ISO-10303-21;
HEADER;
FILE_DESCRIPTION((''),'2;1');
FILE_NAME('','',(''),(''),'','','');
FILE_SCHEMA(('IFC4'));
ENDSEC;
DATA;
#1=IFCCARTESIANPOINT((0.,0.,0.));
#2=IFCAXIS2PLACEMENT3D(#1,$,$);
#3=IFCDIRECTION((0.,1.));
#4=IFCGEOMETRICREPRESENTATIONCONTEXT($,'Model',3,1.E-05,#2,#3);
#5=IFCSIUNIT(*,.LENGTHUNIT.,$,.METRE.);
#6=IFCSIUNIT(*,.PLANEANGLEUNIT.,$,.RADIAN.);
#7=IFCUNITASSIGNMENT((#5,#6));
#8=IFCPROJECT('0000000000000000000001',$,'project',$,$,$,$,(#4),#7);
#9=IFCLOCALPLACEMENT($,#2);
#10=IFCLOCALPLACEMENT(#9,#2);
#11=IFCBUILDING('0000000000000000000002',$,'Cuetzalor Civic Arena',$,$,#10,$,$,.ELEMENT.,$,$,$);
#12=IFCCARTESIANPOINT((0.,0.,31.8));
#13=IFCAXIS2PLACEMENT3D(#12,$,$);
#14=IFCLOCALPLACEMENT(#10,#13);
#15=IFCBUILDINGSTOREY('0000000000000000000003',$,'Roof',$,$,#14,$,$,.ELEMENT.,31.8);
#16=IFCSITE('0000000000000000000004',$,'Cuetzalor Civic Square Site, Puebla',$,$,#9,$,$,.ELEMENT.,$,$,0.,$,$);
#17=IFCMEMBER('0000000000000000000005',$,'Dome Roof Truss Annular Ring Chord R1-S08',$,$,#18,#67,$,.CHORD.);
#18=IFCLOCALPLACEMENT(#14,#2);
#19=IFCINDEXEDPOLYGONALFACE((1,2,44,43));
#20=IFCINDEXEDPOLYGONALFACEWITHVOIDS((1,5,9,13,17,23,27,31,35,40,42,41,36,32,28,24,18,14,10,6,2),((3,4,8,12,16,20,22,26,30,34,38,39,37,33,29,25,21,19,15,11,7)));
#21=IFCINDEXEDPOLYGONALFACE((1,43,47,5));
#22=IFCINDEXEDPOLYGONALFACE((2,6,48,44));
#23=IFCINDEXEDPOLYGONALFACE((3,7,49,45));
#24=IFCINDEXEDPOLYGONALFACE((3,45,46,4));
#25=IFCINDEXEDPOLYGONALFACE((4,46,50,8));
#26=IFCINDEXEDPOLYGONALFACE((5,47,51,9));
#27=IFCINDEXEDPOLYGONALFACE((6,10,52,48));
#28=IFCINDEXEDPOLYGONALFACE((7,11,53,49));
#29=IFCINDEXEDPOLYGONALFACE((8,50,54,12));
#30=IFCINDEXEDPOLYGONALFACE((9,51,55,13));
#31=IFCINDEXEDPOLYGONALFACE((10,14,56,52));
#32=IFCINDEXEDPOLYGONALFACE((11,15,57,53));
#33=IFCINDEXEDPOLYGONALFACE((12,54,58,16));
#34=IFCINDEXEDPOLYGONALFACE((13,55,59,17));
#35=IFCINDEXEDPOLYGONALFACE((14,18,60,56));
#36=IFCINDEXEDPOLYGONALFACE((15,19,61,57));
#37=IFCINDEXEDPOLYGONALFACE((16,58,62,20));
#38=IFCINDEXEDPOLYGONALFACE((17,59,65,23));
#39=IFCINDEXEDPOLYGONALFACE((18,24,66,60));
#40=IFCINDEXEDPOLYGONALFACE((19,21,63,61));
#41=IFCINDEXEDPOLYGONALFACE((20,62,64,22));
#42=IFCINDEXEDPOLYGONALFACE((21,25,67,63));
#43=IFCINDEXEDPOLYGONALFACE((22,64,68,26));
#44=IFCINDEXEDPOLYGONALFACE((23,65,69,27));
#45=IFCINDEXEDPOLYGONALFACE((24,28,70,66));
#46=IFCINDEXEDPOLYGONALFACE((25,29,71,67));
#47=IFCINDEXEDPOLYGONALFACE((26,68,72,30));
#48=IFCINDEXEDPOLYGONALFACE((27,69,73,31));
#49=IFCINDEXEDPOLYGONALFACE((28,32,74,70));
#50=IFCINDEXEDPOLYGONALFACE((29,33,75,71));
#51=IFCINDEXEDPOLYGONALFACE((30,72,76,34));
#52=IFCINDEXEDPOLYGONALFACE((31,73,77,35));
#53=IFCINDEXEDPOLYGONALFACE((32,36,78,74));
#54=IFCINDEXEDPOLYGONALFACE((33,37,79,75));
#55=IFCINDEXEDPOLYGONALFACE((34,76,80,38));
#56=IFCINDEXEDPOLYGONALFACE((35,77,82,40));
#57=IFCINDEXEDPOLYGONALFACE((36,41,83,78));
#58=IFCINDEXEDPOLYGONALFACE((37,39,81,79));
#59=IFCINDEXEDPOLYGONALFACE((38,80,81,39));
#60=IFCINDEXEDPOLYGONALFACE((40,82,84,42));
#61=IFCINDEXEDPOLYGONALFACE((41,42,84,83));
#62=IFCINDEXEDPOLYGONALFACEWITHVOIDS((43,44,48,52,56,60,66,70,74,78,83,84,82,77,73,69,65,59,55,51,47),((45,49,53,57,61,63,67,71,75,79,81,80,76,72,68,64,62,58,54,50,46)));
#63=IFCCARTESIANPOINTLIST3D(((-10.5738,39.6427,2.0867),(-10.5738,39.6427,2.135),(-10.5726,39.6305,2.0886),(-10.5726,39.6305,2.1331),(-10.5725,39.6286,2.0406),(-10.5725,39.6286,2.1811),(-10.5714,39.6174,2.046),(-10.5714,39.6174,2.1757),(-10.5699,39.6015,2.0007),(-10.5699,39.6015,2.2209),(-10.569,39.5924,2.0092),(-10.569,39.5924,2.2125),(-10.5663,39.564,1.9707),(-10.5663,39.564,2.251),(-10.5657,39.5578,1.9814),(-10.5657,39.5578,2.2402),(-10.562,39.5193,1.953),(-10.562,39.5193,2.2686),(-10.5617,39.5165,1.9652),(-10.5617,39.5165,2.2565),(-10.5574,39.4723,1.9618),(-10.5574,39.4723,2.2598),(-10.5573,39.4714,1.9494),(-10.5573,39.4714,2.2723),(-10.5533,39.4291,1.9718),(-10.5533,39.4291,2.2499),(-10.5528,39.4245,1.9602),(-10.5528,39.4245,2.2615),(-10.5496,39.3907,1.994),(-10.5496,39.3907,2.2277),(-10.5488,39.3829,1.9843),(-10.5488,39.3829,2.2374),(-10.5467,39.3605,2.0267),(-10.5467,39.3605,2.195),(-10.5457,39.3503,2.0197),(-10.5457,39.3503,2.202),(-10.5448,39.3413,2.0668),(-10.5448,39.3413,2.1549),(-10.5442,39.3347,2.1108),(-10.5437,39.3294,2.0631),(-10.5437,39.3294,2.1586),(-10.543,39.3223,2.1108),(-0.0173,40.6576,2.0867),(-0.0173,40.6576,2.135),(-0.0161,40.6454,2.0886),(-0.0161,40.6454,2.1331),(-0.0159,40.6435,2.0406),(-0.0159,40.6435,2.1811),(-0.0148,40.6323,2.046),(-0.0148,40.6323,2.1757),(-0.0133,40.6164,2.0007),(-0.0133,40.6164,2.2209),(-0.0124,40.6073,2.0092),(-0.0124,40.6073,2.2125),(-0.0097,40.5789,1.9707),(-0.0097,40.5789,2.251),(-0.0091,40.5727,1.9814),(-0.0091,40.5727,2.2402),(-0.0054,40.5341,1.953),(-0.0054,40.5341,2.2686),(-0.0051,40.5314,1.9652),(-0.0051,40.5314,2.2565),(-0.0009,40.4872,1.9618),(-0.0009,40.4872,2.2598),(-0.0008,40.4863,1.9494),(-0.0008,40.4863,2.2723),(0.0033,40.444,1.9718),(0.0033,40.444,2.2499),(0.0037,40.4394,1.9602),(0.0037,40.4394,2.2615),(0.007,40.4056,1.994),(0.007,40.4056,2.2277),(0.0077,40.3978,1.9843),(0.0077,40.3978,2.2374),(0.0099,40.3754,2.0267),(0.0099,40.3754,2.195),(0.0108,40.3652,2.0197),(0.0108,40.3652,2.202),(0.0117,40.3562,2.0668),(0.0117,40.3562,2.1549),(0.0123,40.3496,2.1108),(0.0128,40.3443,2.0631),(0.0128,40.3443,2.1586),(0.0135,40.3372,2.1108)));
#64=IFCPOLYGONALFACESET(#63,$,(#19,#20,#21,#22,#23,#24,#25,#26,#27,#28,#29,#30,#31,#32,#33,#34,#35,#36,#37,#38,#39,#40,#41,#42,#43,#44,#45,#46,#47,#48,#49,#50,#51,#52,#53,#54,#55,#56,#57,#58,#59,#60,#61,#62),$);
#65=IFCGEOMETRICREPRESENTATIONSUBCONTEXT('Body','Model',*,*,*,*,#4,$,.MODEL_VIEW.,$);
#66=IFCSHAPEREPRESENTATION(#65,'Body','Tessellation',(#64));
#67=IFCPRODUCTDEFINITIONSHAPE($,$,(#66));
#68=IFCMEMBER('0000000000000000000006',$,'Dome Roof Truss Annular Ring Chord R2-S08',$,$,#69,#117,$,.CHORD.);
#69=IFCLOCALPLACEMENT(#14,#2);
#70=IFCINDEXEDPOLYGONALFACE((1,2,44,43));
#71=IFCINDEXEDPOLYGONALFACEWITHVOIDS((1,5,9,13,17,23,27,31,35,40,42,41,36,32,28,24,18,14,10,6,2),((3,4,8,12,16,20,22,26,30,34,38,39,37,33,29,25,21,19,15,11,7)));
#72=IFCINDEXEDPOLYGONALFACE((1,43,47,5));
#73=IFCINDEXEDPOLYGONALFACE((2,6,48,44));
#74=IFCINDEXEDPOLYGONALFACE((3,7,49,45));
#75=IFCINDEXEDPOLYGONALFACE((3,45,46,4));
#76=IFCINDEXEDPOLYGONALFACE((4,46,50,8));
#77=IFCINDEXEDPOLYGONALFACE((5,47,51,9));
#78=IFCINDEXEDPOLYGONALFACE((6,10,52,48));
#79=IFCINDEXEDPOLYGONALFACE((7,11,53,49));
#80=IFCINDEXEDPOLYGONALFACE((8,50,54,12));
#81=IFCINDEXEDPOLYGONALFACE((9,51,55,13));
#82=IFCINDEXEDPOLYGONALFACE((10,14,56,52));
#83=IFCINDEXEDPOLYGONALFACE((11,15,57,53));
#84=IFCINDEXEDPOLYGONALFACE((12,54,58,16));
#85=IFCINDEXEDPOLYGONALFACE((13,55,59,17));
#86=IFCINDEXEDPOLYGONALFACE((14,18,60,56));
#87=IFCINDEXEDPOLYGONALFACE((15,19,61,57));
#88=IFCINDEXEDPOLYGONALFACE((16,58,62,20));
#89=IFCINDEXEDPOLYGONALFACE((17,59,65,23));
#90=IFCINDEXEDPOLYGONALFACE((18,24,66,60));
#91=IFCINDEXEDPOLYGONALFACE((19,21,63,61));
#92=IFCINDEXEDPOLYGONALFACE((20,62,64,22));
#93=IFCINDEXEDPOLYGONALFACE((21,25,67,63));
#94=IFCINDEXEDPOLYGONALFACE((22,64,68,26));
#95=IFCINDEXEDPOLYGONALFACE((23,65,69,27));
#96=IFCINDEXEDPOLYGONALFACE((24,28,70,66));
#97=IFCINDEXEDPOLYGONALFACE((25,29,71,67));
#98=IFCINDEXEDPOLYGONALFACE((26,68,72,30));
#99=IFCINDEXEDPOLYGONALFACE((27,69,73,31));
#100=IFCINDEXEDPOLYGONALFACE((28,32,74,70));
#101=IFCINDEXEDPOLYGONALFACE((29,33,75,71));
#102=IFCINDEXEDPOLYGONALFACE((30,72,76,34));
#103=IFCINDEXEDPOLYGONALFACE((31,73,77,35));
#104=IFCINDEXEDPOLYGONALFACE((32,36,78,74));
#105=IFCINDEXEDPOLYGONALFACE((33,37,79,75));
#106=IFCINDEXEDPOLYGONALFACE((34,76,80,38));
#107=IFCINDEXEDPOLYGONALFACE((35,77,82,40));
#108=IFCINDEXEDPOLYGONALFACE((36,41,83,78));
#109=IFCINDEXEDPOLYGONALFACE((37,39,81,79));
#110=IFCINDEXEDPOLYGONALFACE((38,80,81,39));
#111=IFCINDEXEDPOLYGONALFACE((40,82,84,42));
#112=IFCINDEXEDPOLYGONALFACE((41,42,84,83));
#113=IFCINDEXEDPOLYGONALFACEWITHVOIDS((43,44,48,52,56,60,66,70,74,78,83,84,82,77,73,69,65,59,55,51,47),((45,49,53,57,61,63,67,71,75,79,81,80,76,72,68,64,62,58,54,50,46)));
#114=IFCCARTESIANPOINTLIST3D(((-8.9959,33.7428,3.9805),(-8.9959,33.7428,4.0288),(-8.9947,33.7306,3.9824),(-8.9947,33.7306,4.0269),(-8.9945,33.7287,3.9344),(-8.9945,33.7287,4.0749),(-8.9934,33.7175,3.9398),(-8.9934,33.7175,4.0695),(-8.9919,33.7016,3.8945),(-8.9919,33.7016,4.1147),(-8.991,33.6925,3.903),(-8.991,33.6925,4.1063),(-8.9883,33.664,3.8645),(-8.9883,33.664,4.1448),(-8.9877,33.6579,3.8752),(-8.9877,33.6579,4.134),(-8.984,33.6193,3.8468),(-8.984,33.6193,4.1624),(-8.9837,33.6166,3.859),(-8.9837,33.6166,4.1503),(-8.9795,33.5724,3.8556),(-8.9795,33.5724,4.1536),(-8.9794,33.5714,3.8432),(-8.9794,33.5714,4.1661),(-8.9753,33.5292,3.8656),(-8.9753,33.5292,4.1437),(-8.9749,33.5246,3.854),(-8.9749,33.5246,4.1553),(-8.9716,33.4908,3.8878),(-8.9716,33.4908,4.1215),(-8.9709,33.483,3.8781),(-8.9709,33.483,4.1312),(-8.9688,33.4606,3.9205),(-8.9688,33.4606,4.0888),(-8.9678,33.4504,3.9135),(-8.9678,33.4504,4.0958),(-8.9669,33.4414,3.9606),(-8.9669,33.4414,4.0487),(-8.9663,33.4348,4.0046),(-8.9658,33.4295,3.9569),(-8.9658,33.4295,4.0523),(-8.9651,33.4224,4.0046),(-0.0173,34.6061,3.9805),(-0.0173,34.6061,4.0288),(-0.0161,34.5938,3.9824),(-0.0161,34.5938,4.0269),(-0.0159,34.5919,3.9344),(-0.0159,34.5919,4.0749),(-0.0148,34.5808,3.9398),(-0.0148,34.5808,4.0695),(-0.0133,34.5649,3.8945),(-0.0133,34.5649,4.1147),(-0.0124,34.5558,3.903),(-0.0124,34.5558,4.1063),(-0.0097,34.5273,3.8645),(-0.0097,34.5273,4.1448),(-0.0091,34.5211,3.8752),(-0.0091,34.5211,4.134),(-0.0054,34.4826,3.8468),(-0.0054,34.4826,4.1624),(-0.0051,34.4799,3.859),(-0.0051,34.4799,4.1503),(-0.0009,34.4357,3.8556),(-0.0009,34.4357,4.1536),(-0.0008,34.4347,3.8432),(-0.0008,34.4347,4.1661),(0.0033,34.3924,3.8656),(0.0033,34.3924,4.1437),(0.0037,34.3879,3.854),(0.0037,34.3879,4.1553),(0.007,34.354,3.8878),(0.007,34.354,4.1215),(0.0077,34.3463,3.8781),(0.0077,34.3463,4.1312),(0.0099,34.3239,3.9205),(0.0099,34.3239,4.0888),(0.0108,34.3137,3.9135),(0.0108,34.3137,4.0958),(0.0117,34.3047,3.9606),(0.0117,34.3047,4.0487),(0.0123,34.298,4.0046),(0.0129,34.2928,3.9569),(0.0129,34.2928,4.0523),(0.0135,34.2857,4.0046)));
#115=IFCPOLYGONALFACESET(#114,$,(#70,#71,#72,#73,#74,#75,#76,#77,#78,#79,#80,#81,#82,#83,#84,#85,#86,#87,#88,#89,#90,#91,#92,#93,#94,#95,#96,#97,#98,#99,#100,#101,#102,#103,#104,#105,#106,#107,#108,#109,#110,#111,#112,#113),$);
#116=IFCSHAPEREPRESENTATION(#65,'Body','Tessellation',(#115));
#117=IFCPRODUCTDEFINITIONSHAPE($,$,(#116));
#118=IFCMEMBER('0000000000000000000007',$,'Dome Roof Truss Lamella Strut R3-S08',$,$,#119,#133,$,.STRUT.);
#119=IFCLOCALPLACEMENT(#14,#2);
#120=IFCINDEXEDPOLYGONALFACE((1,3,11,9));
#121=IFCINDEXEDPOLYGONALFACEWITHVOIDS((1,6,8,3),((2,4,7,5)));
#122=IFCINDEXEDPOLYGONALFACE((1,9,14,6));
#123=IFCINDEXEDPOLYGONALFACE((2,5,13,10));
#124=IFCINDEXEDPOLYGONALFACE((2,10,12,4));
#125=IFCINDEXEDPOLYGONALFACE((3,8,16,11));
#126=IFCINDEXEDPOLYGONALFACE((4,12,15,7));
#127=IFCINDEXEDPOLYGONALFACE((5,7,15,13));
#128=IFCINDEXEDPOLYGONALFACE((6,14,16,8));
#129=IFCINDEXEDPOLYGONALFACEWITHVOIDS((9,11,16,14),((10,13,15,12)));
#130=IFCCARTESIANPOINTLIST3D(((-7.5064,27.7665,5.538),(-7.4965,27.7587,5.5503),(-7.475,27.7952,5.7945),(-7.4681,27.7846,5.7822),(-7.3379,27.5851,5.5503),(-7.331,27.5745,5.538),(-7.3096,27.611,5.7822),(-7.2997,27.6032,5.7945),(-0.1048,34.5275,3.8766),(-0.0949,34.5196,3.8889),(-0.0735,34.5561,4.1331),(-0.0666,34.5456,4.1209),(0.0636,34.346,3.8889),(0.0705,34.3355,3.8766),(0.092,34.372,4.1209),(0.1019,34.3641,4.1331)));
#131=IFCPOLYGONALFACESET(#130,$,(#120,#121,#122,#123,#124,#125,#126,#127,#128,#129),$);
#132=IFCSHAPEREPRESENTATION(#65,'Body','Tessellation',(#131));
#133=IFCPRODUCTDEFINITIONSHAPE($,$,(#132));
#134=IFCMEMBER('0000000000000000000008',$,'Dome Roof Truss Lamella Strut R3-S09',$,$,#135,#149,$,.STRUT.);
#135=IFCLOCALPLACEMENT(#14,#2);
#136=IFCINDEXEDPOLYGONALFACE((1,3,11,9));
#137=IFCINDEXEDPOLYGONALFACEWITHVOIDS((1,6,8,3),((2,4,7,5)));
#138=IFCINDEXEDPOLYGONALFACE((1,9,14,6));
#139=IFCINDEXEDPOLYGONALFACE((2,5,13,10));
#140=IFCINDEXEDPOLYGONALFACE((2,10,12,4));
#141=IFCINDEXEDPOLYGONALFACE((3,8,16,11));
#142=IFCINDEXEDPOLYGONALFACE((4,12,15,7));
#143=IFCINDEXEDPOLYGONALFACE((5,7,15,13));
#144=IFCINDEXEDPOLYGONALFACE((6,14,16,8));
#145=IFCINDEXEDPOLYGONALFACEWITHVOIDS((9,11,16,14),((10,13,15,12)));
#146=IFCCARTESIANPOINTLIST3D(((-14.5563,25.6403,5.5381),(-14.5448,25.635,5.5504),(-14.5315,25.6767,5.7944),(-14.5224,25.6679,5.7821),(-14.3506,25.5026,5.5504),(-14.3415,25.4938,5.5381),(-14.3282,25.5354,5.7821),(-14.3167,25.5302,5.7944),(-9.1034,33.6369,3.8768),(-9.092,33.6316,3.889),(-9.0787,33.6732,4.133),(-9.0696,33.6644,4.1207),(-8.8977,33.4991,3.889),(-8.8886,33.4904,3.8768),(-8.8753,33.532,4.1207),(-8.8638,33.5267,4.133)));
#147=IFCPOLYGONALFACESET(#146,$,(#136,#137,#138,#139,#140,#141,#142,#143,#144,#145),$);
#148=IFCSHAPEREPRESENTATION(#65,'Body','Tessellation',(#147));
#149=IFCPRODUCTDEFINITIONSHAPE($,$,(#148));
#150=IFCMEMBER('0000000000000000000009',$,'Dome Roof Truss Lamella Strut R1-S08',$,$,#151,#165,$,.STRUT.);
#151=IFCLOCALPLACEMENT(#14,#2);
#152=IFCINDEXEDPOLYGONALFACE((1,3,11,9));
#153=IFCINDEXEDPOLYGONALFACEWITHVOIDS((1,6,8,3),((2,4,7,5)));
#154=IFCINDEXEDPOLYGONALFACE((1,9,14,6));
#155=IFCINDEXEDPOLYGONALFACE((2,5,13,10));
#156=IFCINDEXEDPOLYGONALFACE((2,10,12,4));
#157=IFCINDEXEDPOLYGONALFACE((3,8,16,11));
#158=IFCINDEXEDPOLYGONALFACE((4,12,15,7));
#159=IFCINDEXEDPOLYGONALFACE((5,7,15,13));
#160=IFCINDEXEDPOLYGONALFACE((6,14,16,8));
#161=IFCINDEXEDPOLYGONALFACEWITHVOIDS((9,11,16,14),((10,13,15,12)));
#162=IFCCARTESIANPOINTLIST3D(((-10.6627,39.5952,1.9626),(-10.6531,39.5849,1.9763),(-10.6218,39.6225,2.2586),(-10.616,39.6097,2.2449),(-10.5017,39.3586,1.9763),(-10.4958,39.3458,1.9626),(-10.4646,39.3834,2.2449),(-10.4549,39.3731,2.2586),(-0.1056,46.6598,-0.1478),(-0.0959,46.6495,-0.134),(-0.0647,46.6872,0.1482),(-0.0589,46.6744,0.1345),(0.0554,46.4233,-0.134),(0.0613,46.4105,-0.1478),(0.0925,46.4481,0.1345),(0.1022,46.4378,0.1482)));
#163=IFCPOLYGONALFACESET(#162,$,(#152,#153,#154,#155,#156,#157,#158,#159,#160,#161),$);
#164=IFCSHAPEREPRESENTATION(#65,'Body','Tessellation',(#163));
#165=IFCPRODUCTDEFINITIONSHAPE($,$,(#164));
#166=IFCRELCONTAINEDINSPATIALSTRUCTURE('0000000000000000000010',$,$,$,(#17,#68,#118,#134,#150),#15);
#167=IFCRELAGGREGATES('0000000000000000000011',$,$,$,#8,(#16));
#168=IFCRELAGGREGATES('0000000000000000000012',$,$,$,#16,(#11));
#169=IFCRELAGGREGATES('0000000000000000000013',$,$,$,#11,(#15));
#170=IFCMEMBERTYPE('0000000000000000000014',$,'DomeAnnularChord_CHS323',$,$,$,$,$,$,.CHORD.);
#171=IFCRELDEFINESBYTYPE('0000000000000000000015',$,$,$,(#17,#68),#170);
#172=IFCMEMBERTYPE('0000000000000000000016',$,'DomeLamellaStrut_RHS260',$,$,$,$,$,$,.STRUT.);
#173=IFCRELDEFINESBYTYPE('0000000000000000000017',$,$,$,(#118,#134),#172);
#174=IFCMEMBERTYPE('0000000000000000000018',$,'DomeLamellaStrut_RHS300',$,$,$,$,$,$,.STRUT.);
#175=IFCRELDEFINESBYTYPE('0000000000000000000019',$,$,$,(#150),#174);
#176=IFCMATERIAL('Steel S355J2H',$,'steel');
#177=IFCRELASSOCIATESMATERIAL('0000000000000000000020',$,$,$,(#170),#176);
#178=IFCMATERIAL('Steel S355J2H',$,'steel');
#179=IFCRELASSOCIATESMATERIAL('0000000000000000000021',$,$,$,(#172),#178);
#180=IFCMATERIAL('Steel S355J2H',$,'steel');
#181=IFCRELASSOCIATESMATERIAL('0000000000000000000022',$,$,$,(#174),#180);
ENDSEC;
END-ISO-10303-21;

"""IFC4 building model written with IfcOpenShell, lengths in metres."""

from ifc_helpers import new_model, si_unit, direction, frame, origin, origin_2d, place, context, subcontext, project, spatial, hollow_rectangle, hollow_circle, extrude, material, material_profile, profile_set, type_object, element, save


model = new_model("IFC4")

# Units and contexts
model_context = context("Model", 3, precision=1e-05, world=origin(), true_north=direction((0.0, 1.0)))
body_context = subcontext(model_context, "Body", "Model", "MODEL_VIEW")
ifc_project = project(units=[si_unit("LENGTHUNIT", "METRE"), si_unit("PLANEANGLEUNIT", "RADIAN")], contexts=[model_context])

# Site, building, storey
site_placement = place(None, origin())
site = spatial("IfcSite", under=ifc_project, at=site_placement, Name="Cuetzalor Civic Square Site, Puebla", CompositionType="ELEMENT", RefElevation=0.0)
building_placement = place(site_placement, origin())
building = spatial("IfcBuilding", under=site, at=building_placement, Name="Cuetzalor Civic Arena", CompositionType="ELEMENT")
storey_placement = place(building_placement, frame((0.0, 0.0, 31.8)))
storey = spatial("IfcBuildingStorey", under=building, at=storey_placement, Name="Roof", CompositionType="ELEMENT", Elevation=31.8)

# Members
ifc_material_1 = material(Name="Steel S355J2H", Category="steel")
ifc_material_profile_1 = material_profile(ifc_material_1, hollow_circle(Radius=0.1619, WallThickness=0.0125, at=origin_2d()), Name="CHS 323.9x12.5")
ifc_profile_set_1 = profile_set([ifc_material_profile_1], Name="Steel S355J2H")
member_type_1 = type_object("IfcMemberType", Name="DomeAnnularChord_CHS323", PredefinedType="CHORD", material=ifc_profile_set_1)
member_1_placement = place(storey_placement, frame((-0.002, 40.4983, 2.1108), z_axis=(-0.995411, -0.095697, 0.0), x_axis=(0.095697, -0.995411, 0.0)))
element("IfcMember", 1, at=member_1_placement, inside=storey, type_object=member_type_1, Name="Dome Roof Truss Annular Ring Chord R1-S08", PredefinedType="CHORD", context=body_context, shape_type="SweptSolid", body=[
    extrude(hollow_circle(Radius=0.1619, WallThickness=0.0125, at=origin_2d()), origin(), (0.0, 0.0, 1.0), 10.6052),
])
member_2_placement = place(storey_placement, frame((-0.002, 34.4468, 4.0046), z_axis=(-0.995409, -0.095708, 0.0), x_axis=(0.095708, -0.995409, 0.0)))
element("IfcMember", 2, at=member_2_placement, inside=storey, type_object=member_type_1, Name="Dome Roof Truss Annular Ring Chord R2-S08", PredefinedType="CHORD", context=body_context, shape_type="SweptSolid", body=[
    extrude(hollow_circle(Radius=0.1619, WallThickness=0.0125, at=origin_2d()), origin(), (0.0, 0.0, 1.0), 9.02),
])
ifc_material_2 = material(Name="Steel S355J2H", Category="steel")
ifc_material_profile_2 = material_profile(ifc_material_2, hollow_rectangle(XDim=0.26, YDim=0.26, WallThickness=0.0125, at=origin_2d()), Name="RHS 260x260x12.5")
ifc_profile_set_2 = profile_set([ifc_material_profile_2], Name="Steel S355J2H")
member_type_2 = type_object("IfcMemberType", Name="DomeLamellaStrut_RHS260", PredefinedType="STRUT", material=ifc_profile_set_2)
member_3_placement = place(storey_placement, frame((-0.0015, 34.4458, 4.0049), z_axis=(-0.728401, -0.665357, 0.163498), x_axis=(0.674432, -0.738337, 0.0)))
element("IfcMember", 3, at=member_3_placement, inside=storey, type_object=member_type_2, Name="Dome Roof Truss Lamella Strut R3-S08", PredefinedType="STRUT", context=body_context, shape_type="SweptSolid", body=[
    extrude(hollow_rectangle(XDim=0.26, YDim=0.26, WallThickness=0.0125, at=origin_2d()), origin(), (0.0, 0.0, 1.0), 10.1614),
])
member_4_placement = place(storey_placement, frame((-8.9836, 33.5818, 4.0049), z_axis=(-0.555263, -0.814286, 0.169177), x_axis=(0.826195, -0.563384, 0.0)))
element("IfcMember", 4, at=member_4_placement, inside=storey, type_object=member_type_2, Name="Dome Roof Truss Lamella Strut R3-S09", PredefinedType="STRUT", context=body_context, shape_type="SweptSolid", body=[
    extrude(hollow_rectangle(XDim=0.26, YDim=0.26, WallThickness=0.0125, at=origin_2d()), origin(), (0.0, 0.0, 1.0), 9.8203),
])
ifc_material_3 = material(Name="Steel S355J2H", Category="steel")
ifc_material_profile_3 = material_profile(ifc_material_3, hollow_rectangle(XDim=0.3, YDim=0.3, WallThickness=0.0139, at=origin_2d()), Name="RHS 300x300x14")
ifc_profile_set_3 = profile_set([ifc_material_profile_3], Name="Steel S355J2H")
member_type_3 = type_object("IfcMemberType", Name="DomeLamellaStrut_RHS300", PredefinedType="STRUT", material=ifc_profile_set_3)
member_5_placement = place(storey_placement, frame((-0.0017, 46.5488, 0.0002), z_axis=(-0.819845, -0.54863, 0.163886), x_axis=(0.55615, -0.831082, 0.0)))
element("IfcMember", 5, at=member_5_placement, inside=storey, type_object=member_type_3, Name="Dome Roof Truss Lamella Strut R1-S08", PredefinedType="STRUT", context=body_context, shape_type="SweptSolid", body=[
    extrude(hollow_rectangle(XDim=0.3, YDim=0.3, WallThickness=0.0139, at=origin_2d()), origin(), (0.0, 0.0, 1.0), 12.877),
])

save(model, "model.ifc")
